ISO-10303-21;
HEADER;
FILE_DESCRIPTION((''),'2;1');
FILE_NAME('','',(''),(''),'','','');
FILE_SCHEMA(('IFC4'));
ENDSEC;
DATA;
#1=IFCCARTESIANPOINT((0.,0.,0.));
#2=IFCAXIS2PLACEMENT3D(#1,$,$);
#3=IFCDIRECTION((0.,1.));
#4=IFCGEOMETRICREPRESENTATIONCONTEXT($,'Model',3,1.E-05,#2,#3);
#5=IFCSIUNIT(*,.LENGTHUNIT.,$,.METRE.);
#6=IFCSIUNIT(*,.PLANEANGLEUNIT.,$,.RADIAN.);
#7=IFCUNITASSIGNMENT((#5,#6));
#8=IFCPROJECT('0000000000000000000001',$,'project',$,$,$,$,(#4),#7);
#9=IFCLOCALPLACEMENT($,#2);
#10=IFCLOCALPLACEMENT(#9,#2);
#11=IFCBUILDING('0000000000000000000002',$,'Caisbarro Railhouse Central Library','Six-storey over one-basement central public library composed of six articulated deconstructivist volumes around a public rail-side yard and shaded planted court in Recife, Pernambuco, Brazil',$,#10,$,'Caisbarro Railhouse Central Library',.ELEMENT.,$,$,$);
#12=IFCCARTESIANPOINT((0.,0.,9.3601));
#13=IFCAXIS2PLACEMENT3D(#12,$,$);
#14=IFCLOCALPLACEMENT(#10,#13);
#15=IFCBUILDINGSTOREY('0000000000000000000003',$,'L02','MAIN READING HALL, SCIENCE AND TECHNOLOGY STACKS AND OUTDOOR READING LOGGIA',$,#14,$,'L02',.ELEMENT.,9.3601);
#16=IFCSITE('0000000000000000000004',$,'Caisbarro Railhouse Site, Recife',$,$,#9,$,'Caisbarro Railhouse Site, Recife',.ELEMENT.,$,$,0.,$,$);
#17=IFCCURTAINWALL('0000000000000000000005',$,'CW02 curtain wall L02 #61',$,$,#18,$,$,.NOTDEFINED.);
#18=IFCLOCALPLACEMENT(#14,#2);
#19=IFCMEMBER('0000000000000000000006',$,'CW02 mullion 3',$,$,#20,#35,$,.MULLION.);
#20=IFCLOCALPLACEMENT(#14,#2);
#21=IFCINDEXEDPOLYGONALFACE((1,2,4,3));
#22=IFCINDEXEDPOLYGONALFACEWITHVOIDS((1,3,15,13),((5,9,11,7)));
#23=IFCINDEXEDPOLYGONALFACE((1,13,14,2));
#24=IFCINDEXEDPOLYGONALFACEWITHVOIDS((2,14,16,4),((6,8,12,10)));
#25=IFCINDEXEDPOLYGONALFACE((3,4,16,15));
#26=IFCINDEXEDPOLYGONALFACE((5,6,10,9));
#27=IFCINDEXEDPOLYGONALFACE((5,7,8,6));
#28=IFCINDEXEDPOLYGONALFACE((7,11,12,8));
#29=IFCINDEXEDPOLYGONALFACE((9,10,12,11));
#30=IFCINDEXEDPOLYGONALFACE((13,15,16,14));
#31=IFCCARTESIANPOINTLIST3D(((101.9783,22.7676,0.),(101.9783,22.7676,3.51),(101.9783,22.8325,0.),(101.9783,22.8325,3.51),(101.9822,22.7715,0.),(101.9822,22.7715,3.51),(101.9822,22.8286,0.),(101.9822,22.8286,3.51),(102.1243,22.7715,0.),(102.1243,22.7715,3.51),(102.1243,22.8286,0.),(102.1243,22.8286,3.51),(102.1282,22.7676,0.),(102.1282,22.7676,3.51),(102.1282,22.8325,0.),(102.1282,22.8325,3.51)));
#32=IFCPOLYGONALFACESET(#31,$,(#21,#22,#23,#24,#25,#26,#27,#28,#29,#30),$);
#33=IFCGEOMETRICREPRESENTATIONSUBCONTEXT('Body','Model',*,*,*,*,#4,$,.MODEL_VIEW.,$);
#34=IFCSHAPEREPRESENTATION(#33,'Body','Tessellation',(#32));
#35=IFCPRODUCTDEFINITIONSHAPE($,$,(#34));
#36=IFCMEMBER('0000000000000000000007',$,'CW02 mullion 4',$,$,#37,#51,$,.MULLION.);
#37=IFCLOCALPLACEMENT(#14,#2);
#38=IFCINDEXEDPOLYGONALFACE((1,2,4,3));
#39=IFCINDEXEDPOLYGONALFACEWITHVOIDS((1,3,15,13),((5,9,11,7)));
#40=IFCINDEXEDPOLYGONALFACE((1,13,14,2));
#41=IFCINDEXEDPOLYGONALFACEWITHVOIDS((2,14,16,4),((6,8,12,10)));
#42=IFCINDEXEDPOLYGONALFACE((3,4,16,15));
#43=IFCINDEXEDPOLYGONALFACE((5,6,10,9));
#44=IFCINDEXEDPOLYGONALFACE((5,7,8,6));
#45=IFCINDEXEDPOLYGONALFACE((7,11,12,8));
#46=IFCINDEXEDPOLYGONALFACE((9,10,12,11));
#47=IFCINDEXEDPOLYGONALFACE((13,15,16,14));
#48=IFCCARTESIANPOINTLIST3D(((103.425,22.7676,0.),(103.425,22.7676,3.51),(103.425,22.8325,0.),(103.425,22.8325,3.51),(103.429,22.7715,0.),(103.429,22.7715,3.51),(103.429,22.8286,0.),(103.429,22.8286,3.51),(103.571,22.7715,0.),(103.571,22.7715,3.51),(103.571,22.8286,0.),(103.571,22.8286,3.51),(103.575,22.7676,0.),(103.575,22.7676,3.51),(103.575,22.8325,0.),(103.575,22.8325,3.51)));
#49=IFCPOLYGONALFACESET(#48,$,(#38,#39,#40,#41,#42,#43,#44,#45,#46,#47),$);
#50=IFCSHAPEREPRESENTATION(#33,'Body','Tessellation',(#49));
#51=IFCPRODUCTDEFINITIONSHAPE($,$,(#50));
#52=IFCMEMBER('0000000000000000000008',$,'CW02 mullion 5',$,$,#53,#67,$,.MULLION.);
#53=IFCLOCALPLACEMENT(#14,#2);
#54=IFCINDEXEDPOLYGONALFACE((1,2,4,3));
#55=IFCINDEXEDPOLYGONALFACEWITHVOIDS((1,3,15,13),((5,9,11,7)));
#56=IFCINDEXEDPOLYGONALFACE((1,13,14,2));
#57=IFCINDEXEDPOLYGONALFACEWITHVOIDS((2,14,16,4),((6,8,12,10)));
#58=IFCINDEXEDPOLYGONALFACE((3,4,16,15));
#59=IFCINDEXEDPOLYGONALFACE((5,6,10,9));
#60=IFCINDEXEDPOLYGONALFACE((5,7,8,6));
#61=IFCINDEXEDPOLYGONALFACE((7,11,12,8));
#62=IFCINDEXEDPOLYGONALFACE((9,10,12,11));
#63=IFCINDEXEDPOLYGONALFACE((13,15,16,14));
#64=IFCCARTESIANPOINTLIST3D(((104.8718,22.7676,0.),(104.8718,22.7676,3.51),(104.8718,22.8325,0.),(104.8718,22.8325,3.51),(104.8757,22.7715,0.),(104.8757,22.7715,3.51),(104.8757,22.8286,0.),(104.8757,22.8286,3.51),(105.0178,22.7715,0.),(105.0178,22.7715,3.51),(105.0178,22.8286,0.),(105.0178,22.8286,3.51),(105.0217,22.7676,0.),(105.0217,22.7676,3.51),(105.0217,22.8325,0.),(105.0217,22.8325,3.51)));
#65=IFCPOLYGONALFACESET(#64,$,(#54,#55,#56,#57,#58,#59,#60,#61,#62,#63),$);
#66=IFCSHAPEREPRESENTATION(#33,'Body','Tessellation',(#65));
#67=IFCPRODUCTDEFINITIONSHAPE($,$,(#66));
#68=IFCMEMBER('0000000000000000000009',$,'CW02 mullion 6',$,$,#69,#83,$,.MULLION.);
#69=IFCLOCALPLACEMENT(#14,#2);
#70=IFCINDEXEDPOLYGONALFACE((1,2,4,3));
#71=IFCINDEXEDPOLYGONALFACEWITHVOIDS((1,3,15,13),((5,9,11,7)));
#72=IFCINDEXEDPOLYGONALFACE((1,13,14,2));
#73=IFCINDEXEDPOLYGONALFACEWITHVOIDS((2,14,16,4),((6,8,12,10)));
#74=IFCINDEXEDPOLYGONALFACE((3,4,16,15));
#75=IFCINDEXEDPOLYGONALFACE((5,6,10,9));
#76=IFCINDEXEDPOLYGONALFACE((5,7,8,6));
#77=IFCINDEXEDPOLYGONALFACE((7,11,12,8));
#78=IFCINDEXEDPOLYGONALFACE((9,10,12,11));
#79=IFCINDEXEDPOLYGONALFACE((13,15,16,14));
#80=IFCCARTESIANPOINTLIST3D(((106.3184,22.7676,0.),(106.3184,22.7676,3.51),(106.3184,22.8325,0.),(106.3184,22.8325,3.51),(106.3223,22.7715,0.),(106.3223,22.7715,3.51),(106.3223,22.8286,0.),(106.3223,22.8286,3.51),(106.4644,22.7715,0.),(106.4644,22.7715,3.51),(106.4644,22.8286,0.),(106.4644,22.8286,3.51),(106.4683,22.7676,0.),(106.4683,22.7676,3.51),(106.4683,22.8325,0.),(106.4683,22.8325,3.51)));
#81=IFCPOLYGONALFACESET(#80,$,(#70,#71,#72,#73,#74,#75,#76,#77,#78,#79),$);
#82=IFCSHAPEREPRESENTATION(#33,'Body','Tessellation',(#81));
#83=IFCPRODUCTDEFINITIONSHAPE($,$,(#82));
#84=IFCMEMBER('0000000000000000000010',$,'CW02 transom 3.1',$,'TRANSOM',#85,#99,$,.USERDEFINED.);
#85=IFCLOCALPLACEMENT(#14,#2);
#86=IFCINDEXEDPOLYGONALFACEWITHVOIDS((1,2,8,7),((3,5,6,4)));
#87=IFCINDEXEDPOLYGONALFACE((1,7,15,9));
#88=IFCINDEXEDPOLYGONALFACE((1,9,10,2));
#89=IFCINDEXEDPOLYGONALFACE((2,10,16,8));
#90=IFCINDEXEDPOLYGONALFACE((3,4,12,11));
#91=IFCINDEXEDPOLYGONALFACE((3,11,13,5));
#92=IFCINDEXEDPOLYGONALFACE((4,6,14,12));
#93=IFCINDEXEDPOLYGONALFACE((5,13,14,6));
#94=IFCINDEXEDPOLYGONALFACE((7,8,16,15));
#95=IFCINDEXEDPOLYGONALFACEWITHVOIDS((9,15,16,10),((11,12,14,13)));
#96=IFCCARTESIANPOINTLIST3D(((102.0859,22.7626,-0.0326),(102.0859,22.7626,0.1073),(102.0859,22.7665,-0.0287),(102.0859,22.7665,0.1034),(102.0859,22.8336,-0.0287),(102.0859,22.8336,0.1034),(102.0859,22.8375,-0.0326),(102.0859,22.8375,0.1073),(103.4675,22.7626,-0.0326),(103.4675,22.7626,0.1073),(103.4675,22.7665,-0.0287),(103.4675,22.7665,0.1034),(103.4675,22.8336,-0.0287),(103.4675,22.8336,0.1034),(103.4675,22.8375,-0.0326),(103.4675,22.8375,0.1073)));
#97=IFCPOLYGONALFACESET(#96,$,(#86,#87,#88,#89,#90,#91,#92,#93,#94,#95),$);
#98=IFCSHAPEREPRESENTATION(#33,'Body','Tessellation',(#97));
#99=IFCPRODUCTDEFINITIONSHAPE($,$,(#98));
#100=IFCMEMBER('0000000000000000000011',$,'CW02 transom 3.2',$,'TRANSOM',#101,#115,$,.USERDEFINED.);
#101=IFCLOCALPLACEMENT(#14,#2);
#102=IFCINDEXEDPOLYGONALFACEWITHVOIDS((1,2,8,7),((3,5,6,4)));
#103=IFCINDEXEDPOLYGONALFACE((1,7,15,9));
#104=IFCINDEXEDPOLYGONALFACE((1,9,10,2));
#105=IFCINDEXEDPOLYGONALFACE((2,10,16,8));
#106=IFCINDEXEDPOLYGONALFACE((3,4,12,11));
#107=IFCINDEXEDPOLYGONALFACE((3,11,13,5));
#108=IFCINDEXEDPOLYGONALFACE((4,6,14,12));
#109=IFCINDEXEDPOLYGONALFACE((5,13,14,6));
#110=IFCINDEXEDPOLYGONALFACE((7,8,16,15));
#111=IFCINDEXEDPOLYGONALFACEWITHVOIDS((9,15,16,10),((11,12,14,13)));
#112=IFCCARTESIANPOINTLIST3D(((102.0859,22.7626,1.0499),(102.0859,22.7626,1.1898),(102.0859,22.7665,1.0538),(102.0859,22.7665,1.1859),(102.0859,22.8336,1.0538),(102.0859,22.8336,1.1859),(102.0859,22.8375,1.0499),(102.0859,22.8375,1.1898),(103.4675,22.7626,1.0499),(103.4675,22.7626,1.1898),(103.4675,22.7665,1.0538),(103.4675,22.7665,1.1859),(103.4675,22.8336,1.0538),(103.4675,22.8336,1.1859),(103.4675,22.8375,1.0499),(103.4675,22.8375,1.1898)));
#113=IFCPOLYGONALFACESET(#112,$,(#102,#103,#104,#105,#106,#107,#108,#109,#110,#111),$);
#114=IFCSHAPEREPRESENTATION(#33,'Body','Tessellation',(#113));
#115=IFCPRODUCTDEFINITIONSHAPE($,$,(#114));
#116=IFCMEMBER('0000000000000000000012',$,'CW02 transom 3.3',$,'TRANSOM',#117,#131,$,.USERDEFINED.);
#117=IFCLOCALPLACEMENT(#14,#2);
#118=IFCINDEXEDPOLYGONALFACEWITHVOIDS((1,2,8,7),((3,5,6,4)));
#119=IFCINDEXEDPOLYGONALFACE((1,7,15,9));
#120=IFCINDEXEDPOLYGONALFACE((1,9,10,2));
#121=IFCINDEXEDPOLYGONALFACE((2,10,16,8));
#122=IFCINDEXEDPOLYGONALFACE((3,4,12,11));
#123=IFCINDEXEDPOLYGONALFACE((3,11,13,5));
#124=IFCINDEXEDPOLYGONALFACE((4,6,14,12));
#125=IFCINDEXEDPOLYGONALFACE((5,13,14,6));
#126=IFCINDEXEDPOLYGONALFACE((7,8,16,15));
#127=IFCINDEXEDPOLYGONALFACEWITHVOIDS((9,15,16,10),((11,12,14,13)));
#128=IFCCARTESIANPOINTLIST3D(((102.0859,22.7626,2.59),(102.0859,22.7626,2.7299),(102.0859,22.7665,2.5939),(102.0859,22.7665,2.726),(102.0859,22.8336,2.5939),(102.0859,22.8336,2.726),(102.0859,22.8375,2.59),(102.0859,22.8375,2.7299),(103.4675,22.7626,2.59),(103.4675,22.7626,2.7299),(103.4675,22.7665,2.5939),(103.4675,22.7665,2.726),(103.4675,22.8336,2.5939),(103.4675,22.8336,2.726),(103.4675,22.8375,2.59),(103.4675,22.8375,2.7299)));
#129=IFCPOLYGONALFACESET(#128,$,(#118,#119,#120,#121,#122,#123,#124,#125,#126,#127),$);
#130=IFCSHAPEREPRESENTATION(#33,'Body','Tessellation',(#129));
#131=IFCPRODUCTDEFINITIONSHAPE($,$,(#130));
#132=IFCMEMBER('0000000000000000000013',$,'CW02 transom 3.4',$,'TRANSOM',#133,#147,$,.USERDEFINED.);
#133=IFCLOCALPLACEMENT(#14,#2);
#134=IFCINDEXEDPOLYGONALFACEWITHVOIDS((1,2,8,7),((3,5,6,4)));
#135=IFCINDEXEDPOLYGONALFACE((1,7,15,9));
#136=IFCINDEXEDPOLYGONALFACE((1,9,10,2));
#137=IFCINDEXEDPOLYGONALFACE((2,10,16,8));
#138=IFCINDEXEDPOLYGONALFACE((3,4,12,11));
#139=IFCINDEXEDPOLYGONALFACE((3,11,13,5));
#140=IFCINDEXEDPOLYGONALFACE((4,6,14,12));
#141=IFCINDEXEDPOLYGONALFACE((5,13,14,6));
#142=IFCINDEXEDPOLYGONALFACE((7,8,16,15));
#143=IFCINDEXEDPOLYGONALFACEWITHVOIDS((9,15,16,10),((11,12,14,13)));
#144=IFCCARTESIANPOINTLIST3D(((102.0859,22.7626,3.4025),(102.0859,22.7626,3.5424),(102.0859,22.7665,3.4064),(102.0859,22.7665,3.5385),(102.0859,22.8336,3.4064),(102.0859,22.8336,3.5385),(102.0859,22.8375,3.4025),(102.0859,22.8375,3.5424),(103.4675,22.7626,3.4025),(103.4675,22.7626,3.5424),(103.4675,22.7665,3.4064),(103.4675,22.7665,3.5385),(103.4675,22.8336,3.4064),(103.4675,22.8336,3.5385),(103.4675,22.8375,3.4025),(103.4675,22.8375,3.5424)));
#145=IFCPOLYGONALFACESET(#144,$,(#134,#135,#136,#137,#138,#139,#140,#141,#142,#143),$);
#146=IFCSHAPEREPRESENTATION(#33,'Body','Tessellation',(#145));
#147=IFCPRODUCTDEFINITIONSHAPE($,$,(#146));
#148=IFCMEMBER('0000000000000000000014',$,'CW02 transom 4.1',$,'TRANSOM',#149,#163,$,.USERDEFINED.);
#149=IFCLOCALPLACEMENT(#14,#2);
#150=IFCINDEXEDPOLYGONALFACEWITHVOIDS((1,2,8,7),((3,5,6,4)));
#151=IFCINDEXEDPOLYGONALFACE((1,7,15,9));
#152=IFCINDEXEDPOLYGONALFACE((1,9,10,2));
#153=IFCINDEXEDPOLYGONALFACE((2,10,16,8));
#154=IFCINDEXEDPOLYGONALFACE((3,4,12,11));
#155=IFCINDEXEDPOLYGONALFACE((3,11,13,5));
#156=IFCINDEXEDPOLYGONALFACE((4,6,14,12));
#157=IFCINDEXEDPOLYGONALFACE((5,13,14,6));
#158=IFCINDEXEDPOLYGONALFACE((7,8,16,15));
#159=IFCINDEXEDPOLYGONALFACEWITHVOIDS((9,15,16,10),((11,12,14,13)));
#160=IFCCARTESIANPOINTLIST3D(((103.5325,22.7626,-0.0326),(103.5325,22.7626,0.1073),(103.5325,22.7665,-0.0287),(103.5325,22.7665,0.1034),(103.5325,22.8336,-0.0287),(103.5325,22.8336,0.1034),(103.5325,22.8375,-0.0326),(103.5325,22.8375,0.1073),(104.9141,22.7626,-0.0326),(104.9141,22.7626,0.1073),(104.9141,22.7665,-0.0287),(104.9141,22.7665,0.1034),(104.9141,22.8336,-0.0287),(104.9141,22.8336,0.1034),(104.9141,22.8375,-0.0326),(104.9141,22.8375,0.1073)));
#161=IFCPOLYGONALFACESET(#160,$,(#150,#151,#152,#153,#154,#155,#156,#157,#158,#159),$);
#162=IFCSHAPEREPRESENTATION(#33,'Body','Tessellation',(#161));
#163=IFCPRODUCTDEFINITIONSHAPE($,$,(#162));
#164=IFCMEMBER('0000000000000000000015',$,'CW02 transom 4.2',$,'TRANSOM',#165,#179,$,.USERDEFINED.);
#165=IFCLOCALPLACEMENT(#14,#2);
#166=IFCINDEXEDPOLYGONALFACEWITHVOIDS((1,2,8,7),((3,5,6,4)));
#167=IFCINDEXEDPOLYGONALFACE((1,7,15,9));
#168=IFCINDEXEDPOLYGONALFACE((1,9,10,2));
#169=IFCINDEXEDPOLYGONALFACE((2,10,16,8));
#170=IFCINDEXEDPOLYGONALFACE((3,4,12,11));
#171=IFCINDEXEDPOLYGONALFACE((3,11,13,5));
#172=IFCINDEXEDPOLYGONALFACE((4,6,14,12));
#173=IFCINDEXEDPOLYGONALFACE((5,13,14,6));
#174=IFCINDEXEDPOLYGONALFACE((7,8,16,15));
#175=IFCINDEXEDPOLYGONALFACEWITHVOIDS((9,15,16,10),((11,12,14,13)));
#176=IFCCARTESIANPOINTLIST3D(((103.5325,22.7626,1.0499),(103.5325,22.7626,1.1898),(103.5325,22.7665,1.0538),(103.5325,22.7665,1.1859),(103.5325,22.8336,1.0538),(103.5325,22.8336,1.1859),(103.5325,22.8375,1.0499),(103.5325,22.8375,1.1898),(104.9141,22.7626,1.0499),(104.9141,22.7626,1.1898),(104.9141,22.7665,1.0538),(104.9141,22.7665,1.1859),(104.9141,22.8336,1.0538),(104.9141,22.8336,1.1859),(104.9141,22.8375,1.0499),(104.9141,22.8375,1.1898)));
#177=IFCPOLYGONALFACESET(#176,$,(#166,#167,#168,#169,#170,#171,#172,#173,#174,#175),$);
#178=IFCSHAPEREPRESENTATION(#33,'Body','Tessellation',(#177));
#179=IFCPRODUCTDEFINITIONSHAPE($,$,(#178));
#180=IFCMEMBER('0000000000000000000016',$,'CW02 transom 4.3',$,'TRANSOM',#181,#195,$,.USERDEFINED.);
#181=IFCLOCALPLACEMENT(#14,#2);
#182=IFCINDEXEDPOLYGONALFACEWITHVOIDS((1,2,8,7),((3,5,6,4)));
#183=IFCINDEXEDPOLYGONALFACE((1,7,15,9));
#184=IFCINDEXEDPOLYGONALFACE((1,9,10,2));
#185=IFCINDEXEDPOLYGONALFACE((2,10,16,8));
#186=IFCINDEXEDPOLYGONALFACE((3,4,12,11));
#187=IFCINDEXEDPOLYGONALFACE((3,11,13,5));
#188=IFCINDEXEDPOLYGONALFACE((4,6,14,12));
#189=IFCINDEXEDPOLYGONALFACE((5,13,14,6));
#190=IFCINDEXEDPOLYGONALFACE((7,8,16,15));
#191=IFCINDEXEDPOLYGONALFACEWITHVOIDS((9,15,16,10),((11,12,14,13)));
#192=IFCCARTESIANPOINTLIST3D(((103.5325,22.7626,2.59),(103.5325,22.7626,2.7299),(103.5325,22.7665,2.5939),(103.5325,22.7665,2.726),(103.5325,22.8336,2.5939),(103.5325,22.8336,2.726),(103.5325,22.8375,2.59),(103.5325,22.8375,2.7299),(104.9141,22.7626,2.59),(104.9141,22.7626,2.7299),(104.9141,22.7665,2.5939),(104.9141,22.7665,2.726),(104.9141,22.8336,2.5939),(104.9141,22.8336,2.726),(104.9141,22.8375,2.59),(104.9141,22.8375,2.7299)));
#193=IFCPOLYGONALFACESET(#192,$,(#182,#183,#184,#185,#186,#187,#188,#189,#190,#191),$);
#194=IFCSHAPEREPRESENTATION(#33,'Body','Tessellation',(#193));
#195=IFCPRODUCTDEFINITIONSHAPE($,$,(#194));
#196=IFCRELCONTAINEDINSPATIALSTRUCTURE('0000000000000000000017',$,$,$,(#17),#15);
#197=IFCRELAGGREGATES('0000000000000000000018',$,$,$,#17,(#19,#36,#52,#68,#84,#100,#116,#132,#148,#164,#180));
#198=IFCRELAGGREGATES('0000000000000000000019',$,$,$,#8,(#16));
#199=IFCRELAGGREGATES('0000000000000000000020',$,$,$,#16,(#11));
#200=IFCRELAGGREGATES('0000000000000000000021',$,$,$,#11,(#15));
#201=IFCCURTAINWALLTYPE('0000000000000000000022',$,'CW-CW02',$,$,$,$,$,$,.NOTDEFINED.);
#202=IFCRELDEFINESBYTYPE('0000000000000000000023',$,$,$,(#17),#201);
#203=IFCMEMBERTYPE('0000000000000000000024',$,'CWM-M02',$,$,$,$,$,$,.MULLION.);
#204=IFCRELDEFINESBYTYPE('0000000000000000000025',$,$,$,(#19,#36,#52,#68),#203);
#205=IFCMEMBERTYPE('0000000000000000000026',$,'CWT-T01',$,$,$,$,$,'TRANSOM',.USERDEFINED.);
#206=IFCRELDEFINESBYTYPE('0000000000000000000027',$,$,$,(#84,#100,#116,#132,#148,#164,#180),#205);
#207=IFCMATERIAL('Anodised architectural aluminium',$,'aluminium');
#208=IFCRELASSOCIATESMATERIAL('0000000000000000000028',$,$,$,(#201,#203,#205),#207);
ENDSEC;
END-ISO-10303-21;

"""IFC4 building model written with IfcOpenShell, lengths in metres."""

from ifc_helpers import new_model, si_unit, direction, frame, origin, origin_2d, place, context, subcontext, project, spatial, hollow_rectangle, extrude, material, material_profile, profile_set, type_object, element, aggregate, save


model = new_model("IFC4")

# Units and contexts
model_context = context("Model", 3, precision=1e-05, world=origin(), true_north=direction((0.0, 1.0)))
body_context = subcontext(model_context, "Body", "Model", "MODEL_VIEW")
ifc_project = project(units=[si_unit("LENGTHUNIT", "METRE"), si_unit("PLANEANGLEUNIT", "RADIAN")], contexts=[model_context])

# Site, building, storey
site_placement = place(None, origin())
site = spatial("IfcSite", under=ifc_project, at=site_placement, Name="Caisbarro Railhouse Site, Recife", LongName="Caisbarro Railhouse Site, Recife", CompositionType="ELEMENT", RefElevation=0.0)
building_placement = place(site_placement, origin())
building = spatial("IfcBuilding", under=site, at=building_placement, Name="Caisbarro Railhouse Central Library", Description="Six-storey over one-basement central public library composed of six articulated deconstructivist volumes around a public rail-side yard and shaded planted court in Recife, Pernambuco, Brazil", LongName="Caisbarro Railhouse Central Library", CompositionType="ELEMENT")
storey_placement = place(building_placement, frame((0.0, 0.0, 9.3601)))
storey = spatial("IfcBuildingStorey", under=building, at=storey_placement, Name="L02", Description="MAIN READING HALL, SCIENCE AND TECHNOLOGY STACKS AND OUTDOOR READING LOGGIA", LongName="L02", CompositionType="ELEMENT", Elevation=9.3601)

# Curtain wall, members
ifc_material_1 = material(Name="Anodised architectural aluminium", Category="aluminium")
curtain_wall_type = type_object("IfcCurtainWallType", Name="CW-CW02", PredefinedType="NOTDEFINED", material=ifc_material_1)
curtain_wall_placement = place(storey_placement, origin())
curtain_wall = element("IfcCurtainWall", 1, at=curtain_wall_placement, inside=storey, type_object=curtain_wall_type, Name="CW02 curtain wall L02 #61", PredefinedType="NOTDEFINED")
ifc_material_profile_1 = material_profile(ifc_material_1, hollow_rectangle(XDim=0.0649, YDim=0.1499, WallThickness=0.0039, at=origin_2d()), Name="ALU-MUL-65X150")
ifc_profile_set_1 = profile_set([ifc_material_profile_1], Name="Anodised architectural aluminium")
member_type_1 = type_object("IfcMemberType", Name="CWM-M02", PredefinedType="MULLION", material=ifc_profile_set_1)
member_1_placement = place(storey_placement, frame((102.0532, 22.8, 0.0), z_axis=(0.0, 0.0, 1.0), x_axis=(0.0, 1.0, 0.0)))
member_1 = element("IfcMember", 2, at=member_1_placement, type_object=member_type_1, Name="CW02 mullion 3", PredefinedType="MULLION", context=body_context, shape_type="SweptSolid", body=[
    extrude(hollow_rectangle(XDim=0.0649, YDim=0.1499, WallThickness=0.0039, at=origin_2d()), origin(), (0.0, 0.0, 1.0), 3.51),
])
member_2_placement = place(storey_placement, frame((103.5, 22.8, 0.0), z_axis=(0.0, 0.0, 1.0), x_axis=(0.0, 1.0, 0.0)))
member_2 = element("IfcMember", 3, at=member_2_placement, type_object=member_type_1, Name="CW02 mullion 4", PredefinedType="MULLION", context=body_context, shape_type="SweptSolid", body=[
    extrude(hollow_rectangle(XDim=0.0649, YDim=0.1499, WallThickness=0.0039, at=origin_2d()), origin(), (0.0, 0.0, 1.0), 3.51),
])
member_3_placement = place(storey_placement, frame((104.9468, 22.8, 0.0), z_axis=(0.0, 0.0, 1.0), x_axis=(0.0, 1.0, 0.0)))
member_3 = element("IfcMember", 4, at=member_3_placement, type_object=member_type_1, Name="CW02 mullion 5", PredefinedType="MULLION", context=body_context, shape_type="SweptSolid", body=[
    extrude(hollow_rectangle(XDim=0.0649, YDim=0.1499, WallThickness=0.0039, at=origin_2d()), origin(), (0.0, 0.0, 1.0), 3.51),
])
member_4_placement = place(storey_placement, frame((106.3933, 22.8, 0.0), z_axis=(0.0, 0.0, 1.0), x_axis=(0.0, 1.0, 0.0)))
member_4 = element("IfcMember", 5, at=member_4_placement, type_object=member_type_1, Name="CW02 mullion 6", PredefinedType="MULLION", context=body_context, shape_type="SweptSolid", body=[
    extrude(hollow_rectangle(XDim=0.0649, YDim=0.1499, WallThickness=0.0039, at=origin_2d()), origin(), (0.0, 0.0, 1.0), 3.51),
])
ifc_material_profile_2 = material_profile(ifc_material_1, hollow_rectangle(XDim=0.075, YDim=0.1399, WallThickness=0.0039, at=origin_2d()), Name="ALU-TRN-75X140")
ifc_profile_set_2 = profile_set([ifc_material_profile_2], Name="Anodised architectural aluminium")
member_type_2 = type_object("IfcMemberType", Name="CWT-T01", ElementType="TRANSOM", PredefinedType="USERDEFINED", material=ifc_profile_set_2)
member_5_placement = place(storey_placement, frame((102.0859, 22.8, 0.0374), z_axis=(1.0, 0.0, 0.0), x_axis=(0.0, 1.0, 0.0)))
member_5 = element("IfcMember", 6, at=member_5_placement, type_object=member_type_2, Name="CW02 transom 3.1", ObjectType="TRANSOM", PredefinedType="USERDEFINED", context=body_context, shape_type="SweptSolid", body=[
    extrude(hollow_rectangle(XDim=0.075, YDim=0.1399, WallThickness=0.0039, at=origin_2d()), origin(), (0.0, 0.0, 1.0), 1.3816),
])
member_6_placement = place(storey_placement, frame((102.0859, 22.8, 1.1199), z_axis=(1.0, 0.0, 0.0), x_axis=(0.0, 1.0, 0.0)))
member_6 = element("IfcMember", 7, at=member_6_placement, type_object=member_type_2, Name="CW02 transom 3.2", ObjectType="TRANSOM", PredefinedType="USERDEFINED", context=body_context, shape_type="SweptSolid", body=[
    extrude(hollow_rectangle(XDim=0.075, YDim=0.1399, WallThickness=0.0039, at=origin_2d()), origin(), (0.0, 0.0, 1.0), 1.3816),
])
member_7_placement = place(storey_placement, frame((102.0859, 22.8, 2.6599), z_axis=(1.0, 0.0, 0.0), x_axis=(0.0, 1.0, 0.0)))
member_7 = element("IfcMember", 8, at=member_7_placement, type_object=member_type_2, Name="CW02 transom 3.3", ObjectType="TRANSOM", PredefinedType="USERDEFINED", context=body_context, shape_type="SweptSolid", body=[
    extrude(hollow_rectangle(XDim=0.075, YDim=0.1399, WallThickness=0.0039, at=origin_2d()), origin(), (0.0, 0.0, 1.0), 1.3816),
])
member_8_placement = place(storey_placement, frame((102.0859, 22.8, 3.4724), z_axis=(1.0, 0.0, 0.0), x_axis=(0.0, 1.0, 0.0)))
member_8 = element("IfcMember", 9, at=member_8_placement, type_object=member_type_2, Name="CW02 transom 3.4", ObjectType="TRANSOM", PredefinedType="USERDEFINED", context=body_context, shape_type="SweptSolid", body=[
    extrude(hollow_rectangle(XDim=0.075, YDim=0.1399, WallThickness=0.0039, at=origin_2d()), origin(), (0.0, 0.0, 1.0), 1.3816),
])
member_9_placement = place(storey_placement, frame((103.5325, 22.8, 0.0374), z_axis=(1.0, 0.0, 0.0), x_axis=(0.0, 1.0, 0.0)))
member_9 = element("IfcMember", 10, at=member_9_placement, type_object=member_type_2, Name="CW02 transom 4.1", ObjectType="TRANSOM", PredefinedType="USERDEFINED", context=body_context, shape_type="SweptSolid", body=[
    extrude(hollow_rectangle(XDim=0.075, YDim=0.1399, WallThickness=0.0039, at=origin_2d()), origin(), (0.0, 0.0, 1.0), 1.3816),
])
member_10_placement = place(storey_placement, frame((103.5325, 22.8, 1.1199), z_axis=(1.0, 0.0, 0.0), x_axis=(0.0, 1.0, 0.0)))
member_10 = element("IfcMember", 11, at=member_10_placement, type_object=member_type_2, Name="CW02 transom 4.2", ObjectType="TRANSOM", PredefinedType="USERDEFINED", context=body_context, shape_type="SweptSolid", body=[
    extrude(hollow_rectangle(XDim=0.075, YDim=0.1399, WallThickness=0.0039, at=origin_2d()), origin(), (0.0, 0.0, 1.0), 1.3816),
])
member_11_placement = place(storey_placement, frame((103.5325, 22.8, 2.6599), z_axis=(1.0, 0.0, 0.0), x_axis=(0.0, 1.0, 0.0)))
member_11 = element("IfcMember", 12, at=member_11_placement, type_object=member_type_2, Name="CW02 transom 4.3", ObjectType="TRANSOM", PredefinedType="USERDEFINED", context=body_context, shape_type="SweptSolid", body=[
    extrude(hollow_rectangle(XDim=0.075, YDim=0.1399, WallThickness=0.0039, at=origin_2d()), origin(), (0.0, 0.0, 1.0), 1.3816),
])
aggregate(curtain_wall, [member_1, member_2, member_3, member_4, member_5, member_6, member_7, member_8, member_9, member_10, member_11])

save(model, "model.ifc")
